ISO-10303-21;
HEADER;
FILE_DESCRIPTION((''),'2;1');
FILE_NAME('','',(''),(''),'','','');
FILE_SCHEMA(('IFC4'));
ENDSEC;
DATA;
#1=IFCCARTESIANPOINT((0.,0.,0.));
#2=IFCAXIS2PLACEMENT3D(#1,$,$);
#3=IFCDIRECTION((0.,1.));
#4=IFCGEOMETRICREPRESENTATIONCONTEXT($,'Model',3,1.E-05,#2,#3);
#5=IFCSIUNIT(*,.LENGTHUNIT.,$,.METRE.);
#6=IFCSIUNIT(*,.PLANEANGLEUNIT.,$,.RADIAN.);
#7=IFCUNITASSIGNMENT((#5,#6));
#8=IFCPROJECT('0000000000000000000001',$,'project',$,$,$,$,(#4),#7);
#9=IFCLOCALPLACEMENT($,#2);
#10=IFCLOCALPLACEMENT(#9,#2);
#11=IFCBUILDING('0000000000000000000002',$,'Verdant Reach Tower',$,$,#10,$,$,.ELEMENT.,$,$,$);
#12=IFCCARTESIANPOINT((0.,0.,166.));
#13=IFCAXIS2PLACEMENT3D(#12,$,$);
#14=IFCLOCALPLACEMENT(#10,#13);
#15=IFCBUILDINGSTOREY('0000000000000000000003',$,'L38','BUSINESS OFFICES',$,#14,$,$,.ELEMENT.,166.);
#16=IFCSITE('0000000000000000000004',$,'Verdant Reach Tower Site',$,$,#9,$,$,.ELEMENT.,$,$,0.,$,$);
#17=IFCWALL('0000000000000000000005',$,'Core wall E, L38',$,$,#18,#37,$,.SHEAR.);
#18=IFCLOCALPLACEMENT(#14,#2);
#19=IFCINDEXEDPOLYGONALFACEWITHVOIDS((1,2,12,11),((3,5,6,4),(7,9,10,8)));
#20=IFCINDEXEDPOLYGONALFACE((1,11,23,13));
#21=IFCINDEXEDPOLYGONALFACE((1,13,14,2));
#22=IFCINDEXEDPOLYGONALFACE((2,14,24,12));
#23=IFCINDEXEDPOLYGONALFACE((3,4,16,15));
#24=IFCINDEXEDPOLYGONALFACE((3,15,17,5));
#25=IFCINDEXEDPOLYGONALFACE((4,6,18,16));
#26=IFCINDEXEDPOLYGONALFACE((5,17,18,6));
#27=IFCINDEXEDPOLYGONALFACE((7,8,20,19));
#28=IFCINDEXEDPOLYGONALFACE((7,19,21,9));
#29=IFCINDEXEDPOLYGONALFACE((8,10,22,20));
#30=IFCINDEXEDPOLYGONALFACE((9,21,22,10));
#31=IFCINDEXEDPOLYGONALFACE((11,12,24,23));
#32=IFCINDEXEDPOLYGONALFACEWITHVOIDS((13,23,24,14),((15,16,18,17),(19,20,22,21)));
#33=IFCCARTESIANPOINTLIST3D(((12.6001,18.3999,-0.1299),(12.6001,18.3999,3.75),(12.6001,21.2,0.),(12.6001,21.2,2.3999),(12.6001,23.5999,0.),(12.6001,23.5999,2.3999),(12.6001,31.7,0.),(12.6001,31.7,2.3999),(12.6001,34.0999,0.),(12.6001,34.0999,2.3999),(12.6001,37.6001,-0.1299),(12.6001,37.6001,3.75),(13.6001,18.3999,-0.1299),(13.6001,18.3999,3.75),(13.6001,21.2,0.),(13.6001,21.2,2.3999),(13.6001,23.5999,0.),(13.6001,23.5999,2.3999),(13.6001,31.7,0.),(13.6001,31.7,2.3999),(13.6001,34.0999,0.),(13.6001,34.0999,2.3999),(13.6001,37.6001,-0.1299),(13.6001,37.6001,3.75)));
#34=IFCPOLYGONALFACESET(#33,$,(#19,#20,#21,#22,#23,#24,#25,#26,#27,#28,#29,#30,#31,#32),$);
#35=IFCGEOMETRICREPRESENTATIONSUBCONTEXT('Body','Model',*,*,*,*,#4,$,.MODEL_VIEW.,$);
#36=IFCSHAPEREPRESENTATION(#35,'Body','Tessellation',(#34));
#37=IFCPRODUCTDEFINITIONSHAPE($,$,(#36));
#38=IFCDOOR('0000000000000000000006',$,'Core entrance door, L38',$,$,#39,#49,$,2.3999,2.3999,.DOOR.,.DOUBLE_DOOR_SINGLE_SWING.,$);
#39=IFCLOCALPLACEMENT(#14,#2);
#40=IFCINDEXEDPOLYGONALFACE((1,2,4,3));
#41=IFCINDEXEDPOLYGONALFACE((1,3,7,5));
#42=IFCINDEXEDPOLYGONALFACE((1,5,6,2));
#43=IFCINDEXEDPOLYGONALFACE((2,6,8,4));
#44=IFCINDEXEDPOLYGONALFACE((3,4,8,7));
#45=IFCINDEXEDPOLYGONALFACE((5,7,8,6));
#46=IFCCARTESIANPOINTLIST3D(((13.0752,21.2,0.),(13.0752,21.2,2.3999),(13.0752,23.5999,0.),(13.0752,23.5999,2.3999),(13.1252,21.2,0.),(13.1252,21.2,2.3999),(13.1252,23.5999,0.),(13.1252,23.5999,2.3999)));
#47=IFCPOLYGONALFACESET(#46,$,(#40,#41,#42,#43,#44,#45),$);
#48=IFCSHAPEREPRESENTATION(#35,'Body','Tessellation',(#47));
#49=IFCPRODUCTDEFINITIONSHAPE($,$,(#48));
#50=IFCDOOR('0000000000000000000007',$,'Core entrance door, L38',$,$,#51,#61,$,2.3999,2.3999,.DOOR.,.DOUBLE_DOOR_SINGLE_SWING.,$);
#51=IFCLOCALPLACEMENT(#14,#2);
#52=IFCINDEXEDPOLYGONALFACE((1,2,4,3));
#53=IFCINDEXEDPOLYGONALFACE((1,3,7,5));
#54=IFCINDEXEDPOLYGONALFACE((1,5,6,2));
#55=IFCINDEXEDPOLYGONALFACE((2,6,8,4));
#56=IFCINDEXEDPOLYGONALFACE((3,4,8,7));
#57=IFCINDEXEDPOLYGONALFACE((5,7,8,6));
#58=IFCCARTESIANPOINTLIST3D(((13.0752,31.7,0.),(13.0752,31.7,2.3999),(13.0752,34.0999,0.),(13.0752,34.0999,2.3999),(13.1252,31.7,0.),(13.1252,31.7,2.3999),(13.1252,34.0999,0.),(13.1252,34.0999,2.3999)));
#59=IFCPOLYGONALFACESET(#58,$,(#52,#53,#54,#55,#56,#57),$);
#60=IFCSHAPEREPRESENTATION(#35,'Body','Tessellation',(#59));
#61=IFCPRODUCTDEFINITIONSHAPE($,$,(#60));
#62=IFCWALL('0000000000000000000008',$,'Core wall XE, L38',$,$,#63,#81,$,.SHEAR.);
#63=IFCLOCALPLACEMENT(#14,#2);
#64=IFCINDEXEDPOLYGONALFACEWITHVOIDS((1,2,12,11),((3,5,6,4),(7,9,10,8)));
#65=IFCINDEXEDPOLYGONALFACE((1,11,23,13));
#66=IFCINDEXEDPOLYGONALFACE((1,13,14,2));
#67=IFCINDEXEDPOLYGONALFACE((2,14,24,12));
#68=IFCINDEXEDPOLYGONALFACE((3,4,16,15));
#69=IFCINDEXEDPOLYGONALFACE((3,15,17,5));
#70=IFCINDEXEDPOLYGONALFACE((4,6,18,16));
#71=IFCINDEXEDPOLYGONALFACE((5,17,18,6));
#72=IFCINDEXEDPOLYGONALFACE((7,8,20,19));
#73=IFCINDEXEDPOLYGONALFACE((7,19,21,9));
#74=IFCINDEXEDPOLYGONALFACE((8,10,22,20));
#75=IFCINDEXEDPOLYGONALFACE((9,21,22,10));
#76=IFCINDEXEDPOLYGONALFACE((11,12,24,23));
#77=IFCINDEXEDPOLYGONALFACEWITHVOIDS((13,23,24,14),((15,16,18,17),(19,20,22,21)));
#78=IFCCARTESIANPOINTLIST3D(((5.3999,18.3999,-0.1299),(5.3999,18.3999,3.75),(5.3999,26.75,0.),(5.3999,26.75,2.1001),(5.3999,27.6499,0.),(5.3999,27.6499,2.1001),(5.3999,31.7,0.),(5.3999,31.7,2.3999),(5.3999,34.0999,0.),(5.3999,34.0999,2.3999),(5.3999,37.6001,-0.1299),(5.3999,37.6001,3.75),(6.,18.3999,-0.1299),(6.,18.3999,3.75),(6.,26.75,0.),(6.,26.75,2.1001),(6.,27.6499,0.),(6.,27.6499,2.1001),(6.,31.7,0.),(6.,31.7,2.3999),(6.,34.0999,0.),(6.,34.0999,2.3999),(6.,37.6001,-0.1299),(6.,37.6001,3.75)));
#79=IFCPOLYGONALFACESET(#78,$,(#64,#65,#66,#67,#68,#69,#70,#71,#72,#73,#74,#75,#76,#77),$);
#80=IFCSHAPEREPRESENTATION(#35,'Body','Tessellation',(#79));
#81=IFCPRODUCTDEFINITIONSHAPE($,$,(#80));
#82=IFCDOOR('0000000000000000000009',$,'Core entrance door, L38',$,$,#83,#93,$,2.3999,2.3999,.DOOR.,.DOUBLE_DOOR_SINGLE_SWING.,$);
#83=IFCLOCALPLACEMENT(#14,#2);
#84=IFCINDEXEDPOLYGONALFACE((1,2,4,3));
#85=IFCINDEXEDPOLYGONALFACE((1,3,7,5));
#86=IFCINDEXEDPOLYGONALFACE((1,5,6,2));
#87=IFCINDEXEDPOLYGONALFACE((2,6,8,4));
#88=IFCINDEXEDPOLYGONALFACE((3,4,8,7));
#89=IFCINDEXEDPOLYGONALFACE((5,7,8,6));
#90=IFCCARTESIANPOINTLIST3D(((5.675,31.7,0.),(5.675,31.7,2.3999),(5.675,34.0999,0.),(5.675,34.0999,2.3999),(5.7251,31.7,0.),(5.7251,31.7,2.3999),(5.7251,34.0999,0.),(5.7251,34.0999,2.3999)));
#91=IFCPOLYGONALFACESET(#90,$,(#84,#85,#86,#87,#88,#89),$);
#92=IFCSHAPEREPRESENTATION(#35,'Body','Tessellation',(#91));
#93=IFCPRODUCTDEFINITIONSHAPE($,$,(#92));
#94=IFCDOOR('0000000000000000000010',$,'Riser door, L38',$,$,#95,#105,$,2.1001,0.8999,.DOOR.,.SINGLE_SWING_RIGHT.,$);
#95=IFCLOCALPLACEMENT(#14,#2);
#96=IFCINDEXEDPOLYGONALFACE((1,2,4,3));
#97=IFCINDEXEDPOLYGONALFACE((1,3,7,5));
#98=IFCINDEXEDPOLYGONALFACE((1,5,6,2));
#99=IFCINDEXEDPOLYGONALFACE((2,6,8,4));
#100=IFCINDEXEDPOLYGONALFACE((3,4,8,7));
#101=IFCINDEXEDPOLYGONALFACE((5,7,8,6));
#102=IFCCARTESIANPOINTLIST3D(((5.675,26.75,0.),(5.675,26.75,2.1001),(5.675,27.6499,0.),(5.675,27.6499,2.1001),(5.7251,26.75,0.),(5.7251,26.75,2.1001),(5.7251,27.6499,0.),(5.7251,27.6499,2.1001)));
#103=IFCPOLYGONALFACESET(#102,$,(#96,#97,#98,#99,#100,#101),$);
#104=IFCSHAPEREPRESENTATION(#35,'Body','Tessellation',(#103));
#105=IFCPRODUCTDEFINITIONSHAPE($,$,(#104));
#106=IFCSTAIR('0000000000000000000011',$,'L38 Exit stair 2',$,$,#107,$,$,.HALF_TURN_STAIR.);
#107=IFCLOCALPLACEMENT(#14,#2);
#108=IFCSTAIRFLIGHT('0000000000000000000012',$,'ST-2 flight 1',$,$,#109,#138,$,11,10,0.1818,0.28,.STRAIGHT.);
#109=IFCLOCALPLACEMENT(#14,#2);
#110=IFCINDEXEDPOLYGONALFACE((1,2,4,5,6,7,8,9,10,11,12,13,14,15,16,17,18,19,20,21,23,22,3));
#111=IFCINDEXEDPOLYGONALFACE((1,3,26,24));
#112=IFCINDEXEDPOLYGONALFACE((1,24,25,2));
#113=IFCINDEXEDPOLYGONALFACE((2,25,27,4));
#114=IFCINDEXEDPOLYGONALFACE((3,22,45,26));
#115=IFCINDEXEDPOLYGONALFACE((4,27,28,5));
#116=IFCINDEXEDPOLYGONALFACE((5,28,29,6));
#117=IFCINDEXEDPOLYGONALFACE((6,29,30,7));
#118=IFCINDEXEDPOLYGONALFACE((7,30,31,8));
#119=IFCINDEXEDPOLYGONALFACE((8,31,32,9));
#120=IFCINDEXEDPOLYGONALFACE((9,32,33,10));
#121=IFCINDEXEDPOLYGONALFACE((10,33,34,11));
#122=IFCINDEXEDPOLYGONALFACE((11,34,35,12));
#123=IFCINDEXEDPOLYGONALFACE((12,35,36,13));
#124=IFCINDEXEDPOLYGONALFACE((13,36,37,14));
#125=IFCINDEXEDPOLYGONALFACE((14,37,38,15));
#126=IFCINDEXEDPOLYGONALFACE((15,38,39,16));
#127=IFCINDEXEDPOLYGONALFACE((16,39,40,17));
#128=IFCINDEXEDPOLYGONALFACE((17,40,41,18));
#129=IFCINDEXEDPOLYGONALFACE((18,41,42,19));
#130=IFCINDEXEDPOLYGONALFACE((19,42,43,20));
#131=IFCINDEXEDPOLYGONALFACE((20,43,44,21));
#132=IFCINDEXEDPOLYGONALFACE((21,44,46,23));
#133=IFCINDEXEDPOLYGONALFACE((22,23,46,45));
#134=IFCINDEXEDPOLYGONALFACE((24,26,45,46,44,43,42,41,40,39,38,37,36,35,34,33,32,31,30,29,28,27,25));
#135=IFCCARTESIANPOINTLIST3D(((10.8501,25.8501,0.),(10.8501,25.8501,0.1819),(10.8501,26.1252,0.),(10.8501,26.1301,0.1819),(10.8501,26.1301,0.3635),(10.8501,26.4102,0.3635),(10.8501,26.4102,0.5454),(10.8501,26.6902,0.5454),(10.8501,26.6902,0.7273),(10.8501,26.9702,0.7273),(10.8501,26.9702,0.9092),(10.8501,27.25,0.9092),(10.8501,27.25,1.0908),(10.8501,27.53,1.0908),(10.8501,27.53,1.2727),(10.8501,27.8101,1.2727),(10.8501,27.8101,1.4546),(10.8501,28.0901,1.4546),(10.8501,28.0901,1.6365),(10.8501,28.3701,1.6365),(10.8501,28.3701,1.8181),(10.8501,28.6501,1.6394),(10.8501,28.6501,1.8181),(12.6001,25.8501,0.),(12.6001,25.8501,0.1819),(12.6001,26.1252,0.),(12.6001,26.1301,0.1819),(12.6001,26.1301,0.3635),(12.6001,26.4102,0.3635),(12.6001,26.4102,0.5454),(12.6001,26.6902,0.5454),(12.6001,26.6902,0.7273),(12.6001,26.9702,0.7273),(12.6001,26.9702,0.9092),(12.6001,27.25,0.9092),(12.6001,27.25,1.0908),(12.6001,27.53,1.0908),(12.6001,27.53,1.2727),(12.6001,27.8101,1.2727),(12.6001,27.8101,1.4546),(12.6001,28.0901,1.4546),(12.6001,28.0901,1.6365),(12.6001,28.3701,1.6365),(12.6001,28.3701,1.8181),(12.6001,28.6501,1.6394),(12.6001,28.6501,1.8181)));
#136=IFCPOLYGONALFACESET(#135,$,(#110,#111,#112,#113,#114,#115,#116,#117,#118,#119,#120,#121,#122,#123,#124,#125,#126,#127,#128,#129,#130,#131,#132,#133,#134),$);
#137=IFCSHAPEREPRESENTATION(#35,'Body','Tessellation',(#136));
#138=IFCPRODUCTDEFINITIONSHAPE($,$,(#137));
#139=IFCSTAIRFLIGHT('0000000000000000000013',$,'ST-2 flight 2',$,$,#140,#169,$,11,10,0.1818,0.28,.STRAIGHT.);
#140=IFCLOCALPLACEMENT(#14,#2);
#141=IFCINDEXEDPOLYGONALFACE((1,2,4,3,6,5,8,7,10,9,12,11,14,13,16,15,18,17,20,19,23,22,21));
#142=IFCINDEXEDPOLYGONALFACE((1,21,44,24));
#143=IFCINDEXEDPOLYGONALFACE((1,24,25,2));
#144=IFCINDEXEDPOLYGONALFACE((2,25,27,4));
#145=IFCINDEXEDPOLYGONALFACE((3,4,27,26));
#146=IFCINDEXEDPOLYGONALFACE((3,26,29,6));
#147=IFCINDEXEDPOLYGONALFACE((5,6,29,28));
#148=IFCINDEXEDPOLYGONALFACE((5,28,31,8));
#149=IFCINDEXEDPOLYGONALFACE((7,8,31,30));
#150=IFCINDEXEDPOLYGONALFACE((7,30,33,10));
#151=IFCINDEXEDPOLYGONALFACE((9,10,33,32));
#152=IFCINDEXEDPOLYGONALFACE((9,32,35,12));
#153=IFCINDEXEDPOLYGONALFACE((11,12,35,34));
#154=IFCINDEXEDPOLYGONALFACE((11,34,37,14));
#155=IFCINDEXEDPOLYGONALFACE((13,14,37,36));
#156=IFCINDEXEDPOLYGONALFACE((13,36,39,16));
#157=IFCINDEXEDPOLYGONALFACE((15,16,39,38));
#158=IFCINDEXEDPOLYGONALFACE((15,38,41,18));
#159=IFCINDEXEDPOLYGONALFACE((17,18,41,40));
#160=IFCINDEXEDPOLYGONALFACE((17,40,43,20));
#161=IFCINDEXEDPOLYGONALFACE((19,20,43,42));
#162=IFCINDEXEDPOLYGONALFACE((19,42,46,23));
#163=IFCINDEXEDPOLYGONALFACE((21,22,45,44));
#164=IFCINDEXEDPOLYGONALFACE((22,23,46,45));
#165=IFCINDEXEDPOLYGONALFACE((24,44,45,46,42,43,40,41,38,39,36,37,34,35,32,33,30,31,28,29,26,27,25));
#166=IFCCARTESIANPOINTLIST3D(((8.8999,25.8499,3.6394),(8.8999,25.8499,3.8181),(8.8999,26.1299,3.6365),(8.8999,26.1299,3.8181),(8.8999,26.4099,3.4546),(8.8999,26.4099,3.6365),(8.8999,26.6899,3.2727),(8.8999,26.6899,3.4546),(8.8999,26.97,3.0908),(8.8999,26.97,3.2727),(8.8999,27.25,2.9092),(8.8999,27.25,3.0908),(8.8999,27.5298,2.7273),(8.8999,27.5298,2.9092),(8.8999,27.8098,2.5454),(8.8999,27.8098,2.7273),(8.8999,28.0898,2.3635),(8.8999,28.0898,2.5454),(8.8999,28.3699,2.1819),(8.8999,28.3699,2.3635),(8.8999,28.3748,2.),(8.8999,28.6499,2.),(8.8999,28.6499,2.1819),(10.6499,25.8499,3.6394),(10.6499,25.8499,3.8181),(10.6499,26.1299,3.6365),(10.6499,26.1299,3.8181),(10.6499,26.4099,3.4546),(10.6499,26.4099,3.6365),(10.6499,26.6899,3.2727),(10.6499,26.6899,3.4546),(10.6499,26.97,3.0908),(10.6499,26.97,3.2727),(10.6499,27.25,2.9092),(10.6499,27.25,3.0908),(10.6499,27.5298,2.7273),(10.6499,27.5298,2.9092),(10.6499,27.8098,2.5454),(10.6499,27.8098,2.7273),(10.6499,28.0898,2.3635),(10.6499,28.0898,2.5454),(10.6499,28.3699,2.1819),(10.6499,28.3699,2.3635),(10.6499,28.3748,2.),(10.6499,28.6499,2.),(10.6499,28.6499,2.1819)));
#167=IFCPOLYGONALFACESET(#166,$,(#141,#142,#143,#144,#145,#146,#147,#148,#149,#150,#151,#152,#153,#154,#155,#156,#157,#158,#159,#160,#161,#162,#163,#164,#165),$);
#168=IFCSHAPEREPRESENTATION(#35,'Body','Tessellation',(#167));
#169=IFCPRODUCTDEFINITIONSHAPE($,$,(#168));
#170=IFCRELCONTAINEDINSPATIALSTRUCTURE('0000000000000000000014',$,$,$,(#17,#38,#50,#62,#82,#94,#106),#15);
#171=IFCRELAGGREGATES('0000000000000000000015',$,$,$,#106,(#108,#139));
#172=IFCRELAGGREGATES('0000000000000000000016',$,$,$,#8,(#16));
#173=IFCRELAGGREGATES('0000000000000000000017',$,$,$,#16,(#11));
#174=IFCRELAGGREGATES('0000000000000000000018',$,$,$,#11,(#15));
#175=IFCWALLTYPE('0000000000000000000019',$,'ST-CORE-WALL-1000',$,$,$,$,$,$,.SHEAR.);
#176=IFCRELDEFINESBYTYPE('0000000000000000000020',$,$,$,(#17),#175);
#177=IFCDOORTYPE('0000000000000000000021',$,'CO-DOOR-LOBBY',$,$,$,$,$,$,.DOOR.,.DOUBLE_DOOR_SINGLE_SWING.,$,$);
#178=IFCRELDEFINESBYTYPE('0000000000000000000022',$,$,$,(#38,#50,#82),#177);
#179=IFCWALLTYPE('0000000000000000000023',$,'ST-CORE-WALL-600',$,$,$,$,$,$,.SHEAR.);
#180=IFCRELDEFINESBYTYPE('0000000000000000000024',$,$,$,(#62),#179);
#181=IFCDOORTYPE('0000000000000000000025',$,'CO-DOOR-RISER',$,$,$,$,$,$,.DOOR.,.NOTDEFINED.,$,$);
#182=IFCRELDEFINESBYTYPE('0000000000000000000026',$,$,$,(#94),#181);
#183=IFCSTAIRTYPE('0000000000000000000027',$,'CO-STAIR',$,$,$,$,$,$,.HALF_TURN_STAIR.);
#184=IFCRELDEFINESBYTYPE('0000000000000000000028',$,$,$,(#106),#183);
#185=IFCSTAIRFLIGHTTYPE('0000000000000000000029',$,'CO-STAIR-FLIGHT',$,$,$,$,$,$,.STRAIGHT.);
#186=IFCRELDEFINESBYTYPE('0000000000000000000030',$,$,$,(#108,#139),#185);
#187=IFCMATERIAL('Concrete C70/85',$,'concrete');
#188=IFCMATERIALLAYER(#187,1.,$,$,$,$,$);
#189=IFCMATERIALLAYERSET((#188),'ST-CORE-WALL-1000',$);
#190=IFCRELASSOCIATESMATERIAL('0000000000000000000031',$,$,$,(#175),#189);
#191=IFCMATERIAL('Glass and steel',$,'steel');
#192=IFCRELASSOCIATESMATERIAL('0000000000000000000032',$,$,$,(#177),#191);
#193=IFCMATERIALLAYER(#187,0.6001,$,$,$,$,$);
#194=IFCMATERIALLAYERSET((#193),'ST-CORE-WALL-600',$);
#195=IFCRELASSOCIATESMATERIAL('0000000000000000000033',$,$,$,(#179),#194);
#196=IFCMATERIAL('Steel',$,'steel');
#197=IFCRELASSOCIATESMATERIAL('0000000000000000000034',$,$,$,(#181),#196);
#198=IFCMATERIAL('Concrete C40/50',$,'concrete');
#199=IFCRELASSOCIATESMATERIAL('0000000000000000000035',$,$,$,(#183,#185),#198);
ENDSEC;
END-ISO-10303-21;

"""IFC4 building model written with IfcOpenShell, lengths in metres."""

from ifc_helpers import new_model, si_unit, direction, frame, frame_2d, origin, place, context, subcontext, project, spatial, polyline, rectangle, outline, extrude, material, layer, layer_set, type_object, element, fill, aggregate, save


model = new_model("IFC4")

# Units and contexts
model_context = context("Model", 3, precision=1e-05, world=origin(), true_north=direction((0.0, 1.0)))
body_context = subcontext(model_context, "Body", "Model", "MODEL_VIEW")
ifc_project = project(units=[si_unit("LENGTHUNIT", "METRE"), si_unit("PLANEANGLEUNIT", "RADIAN")], contexts=[model_context])

# Site, building, storey
site_placement = place(None, origin())
site = spatial("IfcSite", under=ifc_project, at=site_placement, Name="Verdant Reach Tower Site", CompositionType="ELEMENT", RefElevation=0.0)
building_placement = place(site_placement, origin())
building = spatial("IfcBuilding", under=site, at=building_placement, Name="Verdant Reach Tower", CompositionType="ELEMENT")
storey_placement = place(building_placement, frame((0.0, 0.0, 166.0)))
storey = spatial("IfcBuildingStorey", under=building, at=storey_placement, Name="L38", Description="BUSINESS OFFICES", CompositionType="ELEMENT", Elevation=166.0)

# Shared definitions
ifc_material_1 = material(Name="Concrete C40/50", Category="concrete")

# Shared definitions
ifc_material_2 = material(Name="Steel", Category="steel")

# Walls, openings, doors
ifc_material_3 = material(Name="Concrete C70/85", Category="concrete")
ifc_layer_1 = layer(ifc_material_3, 1.0)
ifc_layer_set_1 = layer_set([ifc_layer_1], Name="ST-CORE-WALL-1000")
wall_type_1 = type_object("IfcWallType", Name="ST-CORE-WALL-1000", PredefinedType="SHEAR", material=ifc_layer_set_1)
wall_1_placement = place(storey_placement, frame((13.1001, 18.3999, -0.1299), z_axis=(0.0, 0.0, 1.0), x_axis=(0.0, 1.0, 0.0)))
wall_1 = element("IfcWall", 1, at=wall_1_placement, inside=storey, type_object=wall_type_1, Name="Core wall E, L38", PredefinedType="SHEAR", context=body_context, shape_type="SweptSolid", body=[
    extrude(rectangle(XDim=19.2002, YDim=1.0, at=frame_2d((9.6001, 0.0))), origin(), (0.0, 0.0, 1.0), 3.8799),
])
opening_1_placement = place(wall_1_placement, frame((2.8, 0.0, 0.1299)))
opening_1 = element("IfcOpeningElement", 2, at=opening_1_placement, cuts=wall_1, PredefinedType="OPENING", context=body_context, shape_type="SweptSolid", body=[
    extrude(rectangle(XDim=2.3999, YDim=2.3999, at=frame_2d((1.2, 1.2))), frame((0.0, 0.51, 0.0), z_axis=(0.0, -1.0, 0.0), x_axis=(1.0, 0.0, 0.0)), (0.0, 0.0, 1.0), 1.02),
])
opening_2_placement = place(wall_1_placement, frame((13.3, 0.0, 0.1299)))
opening_2 = element("IfcOpeningElement", 3, at=opening_2_placement, cuts=wall_1, PredefinedType="OPENING", context=body_context, shape_type="SweptSolid", body=[
    extrude(rectangle(XDim=2.3999, YDim=2.3999, at=frame_2d((1.2, 1.2))), frame((0.0, 0.51, 0.0), z_axis=(0.0, -1.0, 0.0), x_axis=(1.0, 0.0, 0.0)), (0.0, 0.0, 1.0), 1.02),
])
ifc_material_4 = material(Name="Glass and steel", Category="steel")
door_type_1 = type_object("IfcDoorType", Name="CO-DOOR-LOBBY", OperationType="DOUBLE_DOOR_SINGLE_SWING", PredefinedType="DOOR", material=ifc_material_4)
door_1_placement = place(opening_1_placement, origin())
door_1 = element("IfcDoor", 4, at=door_1_placement, inside=storey, type_object=door_type_1, Name="Core entrance door, L38", OperationType="DOUBLE_DOOR_SINGLE_SWING", OverallHeight=2.3999, OverallWidth=2.3999, PredefinedType="DOOR", context=body_context, shape_type="SweptSolid", body=[
    extrude(rectangle(XDim=2.3999, YDim=2.3999, at=frame_2d((1.2, 1.2))), frame((0.0, 0.0249, 0.0), z_axis=(0.0, -1.0, 0.0), x_axis=(1.0, 0.0, 0.0)), (0.0, 0.0, 1.0), 0.05),
])
fill(opening_1, door_1)
door_2_placement = place(opening_2_placement, origin())
door_2 = element("IfcDoor", 5, at=door_2_placement, inside=storey, type_object=door_type_1, Name="Core entrance door, L38", OperationType="DOUBLE_DOOR_SINGLE_SWING", OverallHeight=2.3999, OverallWidth=2.3999, PredefinedType="DOOR", context=body_context, shape_type="SweptSolid", body=[
    extrude(rectangle(XDim=2.3999, YDim=2.3999, at=frame_2d((1.2, 1.2))), frame((0.0, 0.0249, 0.0), z_axis=(0.0, -1.0, 0.0), x_axis=(1.0, 0.0, 0.0)), (0.0, 0.0, 1.0), 0.05),
])
fill(opening_2, door_2)
ifc_layer_2 = layer(ifc_material_3, 0.6001)
ifc_layer_set_2 = layer_set([ifc_layer_2], Name="ST-CORE-WALL-600")
wall_type_2 = type_object("IfcWallType", Name="ST-CORE-WALL-600", PredefinedType="SHEAR", material=ifc_layer_set_2)
wall_2_placement = place(storey_placement, frame((5.7, 18.3999, -0.1299), z_axis=(0.0, 0.0, 1.0), x_axis=(0.0, 1.0, 0.0)))
wall_2 = element("IfcWall", 6, at=wall_2_placement, inside=storey, type_object=wall_type_2, Name="Core wall XE, L38", PredefinedType="SHEAR", context=body_context, shape_type="SweptSolid", body=[
    extrude(rectangle(XDim=19.2002, YDim=0.6001, at=frame_2d((9.6001, 0.0))), origin(), (0.0, 0.0, 1.0), 3.8799),
])
opening_3_placement = place(wall_2_placement, frame((8.3501, 0.0, 0.1299)))
opening_3 = element("IfcOpeningElement", 7, at=opening_3_placement, cuts=wall_2, PredefinedType="OPENING", context=body_context, shape_type="SweptSolid", body=[
    extrude(rectangle(XDim=0.8999, YDim=2.1001, at=frame_2d((0.45, 1.05))), frame((0.0, 0.3101, 0.0), z_axis=(0.0, -1.0, 0.0), x_axis=(1.0, 0.0, 0.0)), (0.0, 0.0, 1.0), 0.6201),
])
opening_4_placement = place(wall_2_placement, frame((13.3, 0.0, 0.1299)))
opening_4 = element("IfcOpeningElement", 8, at=opening_4_placement, cuts=wall_2, PredefinedType="OPENING", context=body_context, shape_type="SweptSolid", body=[
    extrude(rectangle(XDim=2.3999, YDim=2.3999, at=frame_2d((1.2, 1.2))), frame((0.0, 0.3101, 0.0), z_axis=(0.0, -1.0, 0.0), x_axis=(1.0, 0.0, 0.0)), (0.0, 0.0, 1.0), 0.6201),
])
door_3_placement = place(opening_4_placement, origin())
door_3 = element("IfcDoor", 9, at=door_3_placement, inside=storey, type_object=door_type_1, Name="Core entrance door, L38", OperationType="DOUBLE_DOOR_SINGLE_SWING", OverallHeight=2.3999, OverallWidth=2.3999, PredefinedType="DOOR", context=body_context, shape_type="SweptSolid", body=[
    extrude(rectangle(XDim=2.3999, YDim=2.3999, at=frame_2d((1.2, 1.2))), frame((0.0, 0.0249, 0.0), z_axis=(0.0, -1.0, 0.0), x_axis=(1.0, 0.0, 0.0)), (0.0, 0.0, 1.0), 0.05),
])
fill(opening_4, door_3)
door_type_2 = type_object("IfcDoorType", Name="CO-DOOR-RISER", OperationType="NOTDEFINED", PredefinedType="DOOR", material=ifc_material_2)
door_4_placement = place(opening_3_placement, origin())
door_4 = element("IfcDoor", 10, at=door_4_placement, inside=storey, type_object=door_type_2, Name="Riser door, L38", OperationType="SINGLE_SWING_RIGHT", OverallHeight=2.1001, OverallWidth=0.8999, PredefinedType="DOOR", context=body_context, shape_type="SweptSolid", body=[
    extrude(rectangle(XDim=0.8999, YDim=2.1001, at=frame_2d((0.45, 1.05))), frame((0.0, 0.0249, 0.0), z_axis=(0.0, -1.0, 0.0), x_axis=(1.0, 0.0, 0.0)), (0.0, 0.0, 1.0), 0.05),
])
fill(opening_3, door_4)

# Stair, stair flights
stair_type = type_object("IfcStairType", Name="CO-STAIR", PredefinedType="HALF_TURN_STAIR", material=ifc_material_1)
stair_placement = place(storey_placement, origin())
stair = element("IfcStair", 11, at=stair_placement, inside=storey, type_object=stair_type, Name="L38 Exit stair 2", PredefinedType="HALF_TURN_STAIR")
stair_flight_type = type_object("IfcStairFlightType", Name="CO-STAIR-FLIGHT", PredefinedType="STRAIGHT", material=ifc_material_1)
stair_flight_1_placement = place(storey_placement, frame((11.7251, 25.8501, 0.0), z_axis=(0.0, 0.0, 1.0), x_axis=(0.0, 1.0, 0.0)))
stair_flight_1 = element("IfcStairFlight", 12, at=stair_flight_1_placement, type_object=stair_flight_type, Name="ST-2 flight 1", NumberOfRisers=11, NumberOfTreads=10, PredefinedType="STRAIGHT", RiserHeight=0.1818, TreadLength=0.28, context=body_context, shape_type="SweptSolid", body=[
    extrude(outline(polyline([(0.0, 0.0), (0.0, 0.1819), (0.28, 0.1819), (0.28, 0.3635), (0.5601, 0.3635), (0.5601, 0.5454), (0.8401, 0.5454), (0.8401, 0.7273), (1.1201, 0.7273), (1.1201, 0.9092), (1.3999, 0.9092), (1.3999, 1.0908), (1.6799, 1.0908), (1.6799, 1.2727), (1.96, 1.2727), (1.96, 1.4546), (2.24, 1.4546), (2.24, 1.6365), (2.52, 1.6365), (2.52, 1.8181), (2.8, 1.8181), (2.8, 2.0), (2.8, 1.6394), (0.2751, 0.0), (0.0, 0.0)])), frame((0.0, 0.875, 0.0), z_axis=(0.0, -1.0, 0.0), x_axis=(1.0, 0.0, 0.0)), (0.0, 0.0, 1.0), 1.75),
])
stair_flight_2_placement = place(storey_placement, frame((9.7749, 28.6499, 2.0), z_axis=(0.0, 0.0, 1.0), x_axis=(0.0, -1.0, 0.0)))
stair_flight_2 = element("IfcStairFlight", 13, at=stair_flight_2_placement, type_object=stair_flight_type, Name="ST-2 flight 2", NumberOfRisers=11, NumberOfTreads=10, PredefinedType="STRAIGHT", RiserHeight=0.1818, TreadLength=0.28, context=body_context, shape_type="SweptSolid", body=[
    extrude(outline(polyline([(0.0, 0.0), (0.0, 0.1819), (0.28, 0.1819), (0.28, 0.3635), (0.5601, 0.3635), (0.5601, 0.5454), (0.8401, 0.5454), (0.8401, 0.7273), (1.1201, 0.7273), (1.1201, 0.9092), (1.3999, 0.9092), (1.3999, 1.0908), (1.6799, 1.0908), (1.6799, 1.2727), (1.96, 1.2727), (1.96, 1.4546), (2.24, 1.4546), (2.24, 1.6365), (2.52, 1.6365), (2.52, 1.8181), (2.8, 1.8181), (2.8, 2.0), (2.8, 1.6394), (0.2751, 0.0), (0.0, 0.0)])), frame((0.0, 0.875, 0.0), z_axis=(0.0, -1.0, 0.0), x_axis=(1.0, 0.0, 0.0)), (0.0, 0.0, 1.0), 1.75),
])
aggregate(stair, [stair_flight_1, stair_flight_2])

save(model, "model.ifc")
